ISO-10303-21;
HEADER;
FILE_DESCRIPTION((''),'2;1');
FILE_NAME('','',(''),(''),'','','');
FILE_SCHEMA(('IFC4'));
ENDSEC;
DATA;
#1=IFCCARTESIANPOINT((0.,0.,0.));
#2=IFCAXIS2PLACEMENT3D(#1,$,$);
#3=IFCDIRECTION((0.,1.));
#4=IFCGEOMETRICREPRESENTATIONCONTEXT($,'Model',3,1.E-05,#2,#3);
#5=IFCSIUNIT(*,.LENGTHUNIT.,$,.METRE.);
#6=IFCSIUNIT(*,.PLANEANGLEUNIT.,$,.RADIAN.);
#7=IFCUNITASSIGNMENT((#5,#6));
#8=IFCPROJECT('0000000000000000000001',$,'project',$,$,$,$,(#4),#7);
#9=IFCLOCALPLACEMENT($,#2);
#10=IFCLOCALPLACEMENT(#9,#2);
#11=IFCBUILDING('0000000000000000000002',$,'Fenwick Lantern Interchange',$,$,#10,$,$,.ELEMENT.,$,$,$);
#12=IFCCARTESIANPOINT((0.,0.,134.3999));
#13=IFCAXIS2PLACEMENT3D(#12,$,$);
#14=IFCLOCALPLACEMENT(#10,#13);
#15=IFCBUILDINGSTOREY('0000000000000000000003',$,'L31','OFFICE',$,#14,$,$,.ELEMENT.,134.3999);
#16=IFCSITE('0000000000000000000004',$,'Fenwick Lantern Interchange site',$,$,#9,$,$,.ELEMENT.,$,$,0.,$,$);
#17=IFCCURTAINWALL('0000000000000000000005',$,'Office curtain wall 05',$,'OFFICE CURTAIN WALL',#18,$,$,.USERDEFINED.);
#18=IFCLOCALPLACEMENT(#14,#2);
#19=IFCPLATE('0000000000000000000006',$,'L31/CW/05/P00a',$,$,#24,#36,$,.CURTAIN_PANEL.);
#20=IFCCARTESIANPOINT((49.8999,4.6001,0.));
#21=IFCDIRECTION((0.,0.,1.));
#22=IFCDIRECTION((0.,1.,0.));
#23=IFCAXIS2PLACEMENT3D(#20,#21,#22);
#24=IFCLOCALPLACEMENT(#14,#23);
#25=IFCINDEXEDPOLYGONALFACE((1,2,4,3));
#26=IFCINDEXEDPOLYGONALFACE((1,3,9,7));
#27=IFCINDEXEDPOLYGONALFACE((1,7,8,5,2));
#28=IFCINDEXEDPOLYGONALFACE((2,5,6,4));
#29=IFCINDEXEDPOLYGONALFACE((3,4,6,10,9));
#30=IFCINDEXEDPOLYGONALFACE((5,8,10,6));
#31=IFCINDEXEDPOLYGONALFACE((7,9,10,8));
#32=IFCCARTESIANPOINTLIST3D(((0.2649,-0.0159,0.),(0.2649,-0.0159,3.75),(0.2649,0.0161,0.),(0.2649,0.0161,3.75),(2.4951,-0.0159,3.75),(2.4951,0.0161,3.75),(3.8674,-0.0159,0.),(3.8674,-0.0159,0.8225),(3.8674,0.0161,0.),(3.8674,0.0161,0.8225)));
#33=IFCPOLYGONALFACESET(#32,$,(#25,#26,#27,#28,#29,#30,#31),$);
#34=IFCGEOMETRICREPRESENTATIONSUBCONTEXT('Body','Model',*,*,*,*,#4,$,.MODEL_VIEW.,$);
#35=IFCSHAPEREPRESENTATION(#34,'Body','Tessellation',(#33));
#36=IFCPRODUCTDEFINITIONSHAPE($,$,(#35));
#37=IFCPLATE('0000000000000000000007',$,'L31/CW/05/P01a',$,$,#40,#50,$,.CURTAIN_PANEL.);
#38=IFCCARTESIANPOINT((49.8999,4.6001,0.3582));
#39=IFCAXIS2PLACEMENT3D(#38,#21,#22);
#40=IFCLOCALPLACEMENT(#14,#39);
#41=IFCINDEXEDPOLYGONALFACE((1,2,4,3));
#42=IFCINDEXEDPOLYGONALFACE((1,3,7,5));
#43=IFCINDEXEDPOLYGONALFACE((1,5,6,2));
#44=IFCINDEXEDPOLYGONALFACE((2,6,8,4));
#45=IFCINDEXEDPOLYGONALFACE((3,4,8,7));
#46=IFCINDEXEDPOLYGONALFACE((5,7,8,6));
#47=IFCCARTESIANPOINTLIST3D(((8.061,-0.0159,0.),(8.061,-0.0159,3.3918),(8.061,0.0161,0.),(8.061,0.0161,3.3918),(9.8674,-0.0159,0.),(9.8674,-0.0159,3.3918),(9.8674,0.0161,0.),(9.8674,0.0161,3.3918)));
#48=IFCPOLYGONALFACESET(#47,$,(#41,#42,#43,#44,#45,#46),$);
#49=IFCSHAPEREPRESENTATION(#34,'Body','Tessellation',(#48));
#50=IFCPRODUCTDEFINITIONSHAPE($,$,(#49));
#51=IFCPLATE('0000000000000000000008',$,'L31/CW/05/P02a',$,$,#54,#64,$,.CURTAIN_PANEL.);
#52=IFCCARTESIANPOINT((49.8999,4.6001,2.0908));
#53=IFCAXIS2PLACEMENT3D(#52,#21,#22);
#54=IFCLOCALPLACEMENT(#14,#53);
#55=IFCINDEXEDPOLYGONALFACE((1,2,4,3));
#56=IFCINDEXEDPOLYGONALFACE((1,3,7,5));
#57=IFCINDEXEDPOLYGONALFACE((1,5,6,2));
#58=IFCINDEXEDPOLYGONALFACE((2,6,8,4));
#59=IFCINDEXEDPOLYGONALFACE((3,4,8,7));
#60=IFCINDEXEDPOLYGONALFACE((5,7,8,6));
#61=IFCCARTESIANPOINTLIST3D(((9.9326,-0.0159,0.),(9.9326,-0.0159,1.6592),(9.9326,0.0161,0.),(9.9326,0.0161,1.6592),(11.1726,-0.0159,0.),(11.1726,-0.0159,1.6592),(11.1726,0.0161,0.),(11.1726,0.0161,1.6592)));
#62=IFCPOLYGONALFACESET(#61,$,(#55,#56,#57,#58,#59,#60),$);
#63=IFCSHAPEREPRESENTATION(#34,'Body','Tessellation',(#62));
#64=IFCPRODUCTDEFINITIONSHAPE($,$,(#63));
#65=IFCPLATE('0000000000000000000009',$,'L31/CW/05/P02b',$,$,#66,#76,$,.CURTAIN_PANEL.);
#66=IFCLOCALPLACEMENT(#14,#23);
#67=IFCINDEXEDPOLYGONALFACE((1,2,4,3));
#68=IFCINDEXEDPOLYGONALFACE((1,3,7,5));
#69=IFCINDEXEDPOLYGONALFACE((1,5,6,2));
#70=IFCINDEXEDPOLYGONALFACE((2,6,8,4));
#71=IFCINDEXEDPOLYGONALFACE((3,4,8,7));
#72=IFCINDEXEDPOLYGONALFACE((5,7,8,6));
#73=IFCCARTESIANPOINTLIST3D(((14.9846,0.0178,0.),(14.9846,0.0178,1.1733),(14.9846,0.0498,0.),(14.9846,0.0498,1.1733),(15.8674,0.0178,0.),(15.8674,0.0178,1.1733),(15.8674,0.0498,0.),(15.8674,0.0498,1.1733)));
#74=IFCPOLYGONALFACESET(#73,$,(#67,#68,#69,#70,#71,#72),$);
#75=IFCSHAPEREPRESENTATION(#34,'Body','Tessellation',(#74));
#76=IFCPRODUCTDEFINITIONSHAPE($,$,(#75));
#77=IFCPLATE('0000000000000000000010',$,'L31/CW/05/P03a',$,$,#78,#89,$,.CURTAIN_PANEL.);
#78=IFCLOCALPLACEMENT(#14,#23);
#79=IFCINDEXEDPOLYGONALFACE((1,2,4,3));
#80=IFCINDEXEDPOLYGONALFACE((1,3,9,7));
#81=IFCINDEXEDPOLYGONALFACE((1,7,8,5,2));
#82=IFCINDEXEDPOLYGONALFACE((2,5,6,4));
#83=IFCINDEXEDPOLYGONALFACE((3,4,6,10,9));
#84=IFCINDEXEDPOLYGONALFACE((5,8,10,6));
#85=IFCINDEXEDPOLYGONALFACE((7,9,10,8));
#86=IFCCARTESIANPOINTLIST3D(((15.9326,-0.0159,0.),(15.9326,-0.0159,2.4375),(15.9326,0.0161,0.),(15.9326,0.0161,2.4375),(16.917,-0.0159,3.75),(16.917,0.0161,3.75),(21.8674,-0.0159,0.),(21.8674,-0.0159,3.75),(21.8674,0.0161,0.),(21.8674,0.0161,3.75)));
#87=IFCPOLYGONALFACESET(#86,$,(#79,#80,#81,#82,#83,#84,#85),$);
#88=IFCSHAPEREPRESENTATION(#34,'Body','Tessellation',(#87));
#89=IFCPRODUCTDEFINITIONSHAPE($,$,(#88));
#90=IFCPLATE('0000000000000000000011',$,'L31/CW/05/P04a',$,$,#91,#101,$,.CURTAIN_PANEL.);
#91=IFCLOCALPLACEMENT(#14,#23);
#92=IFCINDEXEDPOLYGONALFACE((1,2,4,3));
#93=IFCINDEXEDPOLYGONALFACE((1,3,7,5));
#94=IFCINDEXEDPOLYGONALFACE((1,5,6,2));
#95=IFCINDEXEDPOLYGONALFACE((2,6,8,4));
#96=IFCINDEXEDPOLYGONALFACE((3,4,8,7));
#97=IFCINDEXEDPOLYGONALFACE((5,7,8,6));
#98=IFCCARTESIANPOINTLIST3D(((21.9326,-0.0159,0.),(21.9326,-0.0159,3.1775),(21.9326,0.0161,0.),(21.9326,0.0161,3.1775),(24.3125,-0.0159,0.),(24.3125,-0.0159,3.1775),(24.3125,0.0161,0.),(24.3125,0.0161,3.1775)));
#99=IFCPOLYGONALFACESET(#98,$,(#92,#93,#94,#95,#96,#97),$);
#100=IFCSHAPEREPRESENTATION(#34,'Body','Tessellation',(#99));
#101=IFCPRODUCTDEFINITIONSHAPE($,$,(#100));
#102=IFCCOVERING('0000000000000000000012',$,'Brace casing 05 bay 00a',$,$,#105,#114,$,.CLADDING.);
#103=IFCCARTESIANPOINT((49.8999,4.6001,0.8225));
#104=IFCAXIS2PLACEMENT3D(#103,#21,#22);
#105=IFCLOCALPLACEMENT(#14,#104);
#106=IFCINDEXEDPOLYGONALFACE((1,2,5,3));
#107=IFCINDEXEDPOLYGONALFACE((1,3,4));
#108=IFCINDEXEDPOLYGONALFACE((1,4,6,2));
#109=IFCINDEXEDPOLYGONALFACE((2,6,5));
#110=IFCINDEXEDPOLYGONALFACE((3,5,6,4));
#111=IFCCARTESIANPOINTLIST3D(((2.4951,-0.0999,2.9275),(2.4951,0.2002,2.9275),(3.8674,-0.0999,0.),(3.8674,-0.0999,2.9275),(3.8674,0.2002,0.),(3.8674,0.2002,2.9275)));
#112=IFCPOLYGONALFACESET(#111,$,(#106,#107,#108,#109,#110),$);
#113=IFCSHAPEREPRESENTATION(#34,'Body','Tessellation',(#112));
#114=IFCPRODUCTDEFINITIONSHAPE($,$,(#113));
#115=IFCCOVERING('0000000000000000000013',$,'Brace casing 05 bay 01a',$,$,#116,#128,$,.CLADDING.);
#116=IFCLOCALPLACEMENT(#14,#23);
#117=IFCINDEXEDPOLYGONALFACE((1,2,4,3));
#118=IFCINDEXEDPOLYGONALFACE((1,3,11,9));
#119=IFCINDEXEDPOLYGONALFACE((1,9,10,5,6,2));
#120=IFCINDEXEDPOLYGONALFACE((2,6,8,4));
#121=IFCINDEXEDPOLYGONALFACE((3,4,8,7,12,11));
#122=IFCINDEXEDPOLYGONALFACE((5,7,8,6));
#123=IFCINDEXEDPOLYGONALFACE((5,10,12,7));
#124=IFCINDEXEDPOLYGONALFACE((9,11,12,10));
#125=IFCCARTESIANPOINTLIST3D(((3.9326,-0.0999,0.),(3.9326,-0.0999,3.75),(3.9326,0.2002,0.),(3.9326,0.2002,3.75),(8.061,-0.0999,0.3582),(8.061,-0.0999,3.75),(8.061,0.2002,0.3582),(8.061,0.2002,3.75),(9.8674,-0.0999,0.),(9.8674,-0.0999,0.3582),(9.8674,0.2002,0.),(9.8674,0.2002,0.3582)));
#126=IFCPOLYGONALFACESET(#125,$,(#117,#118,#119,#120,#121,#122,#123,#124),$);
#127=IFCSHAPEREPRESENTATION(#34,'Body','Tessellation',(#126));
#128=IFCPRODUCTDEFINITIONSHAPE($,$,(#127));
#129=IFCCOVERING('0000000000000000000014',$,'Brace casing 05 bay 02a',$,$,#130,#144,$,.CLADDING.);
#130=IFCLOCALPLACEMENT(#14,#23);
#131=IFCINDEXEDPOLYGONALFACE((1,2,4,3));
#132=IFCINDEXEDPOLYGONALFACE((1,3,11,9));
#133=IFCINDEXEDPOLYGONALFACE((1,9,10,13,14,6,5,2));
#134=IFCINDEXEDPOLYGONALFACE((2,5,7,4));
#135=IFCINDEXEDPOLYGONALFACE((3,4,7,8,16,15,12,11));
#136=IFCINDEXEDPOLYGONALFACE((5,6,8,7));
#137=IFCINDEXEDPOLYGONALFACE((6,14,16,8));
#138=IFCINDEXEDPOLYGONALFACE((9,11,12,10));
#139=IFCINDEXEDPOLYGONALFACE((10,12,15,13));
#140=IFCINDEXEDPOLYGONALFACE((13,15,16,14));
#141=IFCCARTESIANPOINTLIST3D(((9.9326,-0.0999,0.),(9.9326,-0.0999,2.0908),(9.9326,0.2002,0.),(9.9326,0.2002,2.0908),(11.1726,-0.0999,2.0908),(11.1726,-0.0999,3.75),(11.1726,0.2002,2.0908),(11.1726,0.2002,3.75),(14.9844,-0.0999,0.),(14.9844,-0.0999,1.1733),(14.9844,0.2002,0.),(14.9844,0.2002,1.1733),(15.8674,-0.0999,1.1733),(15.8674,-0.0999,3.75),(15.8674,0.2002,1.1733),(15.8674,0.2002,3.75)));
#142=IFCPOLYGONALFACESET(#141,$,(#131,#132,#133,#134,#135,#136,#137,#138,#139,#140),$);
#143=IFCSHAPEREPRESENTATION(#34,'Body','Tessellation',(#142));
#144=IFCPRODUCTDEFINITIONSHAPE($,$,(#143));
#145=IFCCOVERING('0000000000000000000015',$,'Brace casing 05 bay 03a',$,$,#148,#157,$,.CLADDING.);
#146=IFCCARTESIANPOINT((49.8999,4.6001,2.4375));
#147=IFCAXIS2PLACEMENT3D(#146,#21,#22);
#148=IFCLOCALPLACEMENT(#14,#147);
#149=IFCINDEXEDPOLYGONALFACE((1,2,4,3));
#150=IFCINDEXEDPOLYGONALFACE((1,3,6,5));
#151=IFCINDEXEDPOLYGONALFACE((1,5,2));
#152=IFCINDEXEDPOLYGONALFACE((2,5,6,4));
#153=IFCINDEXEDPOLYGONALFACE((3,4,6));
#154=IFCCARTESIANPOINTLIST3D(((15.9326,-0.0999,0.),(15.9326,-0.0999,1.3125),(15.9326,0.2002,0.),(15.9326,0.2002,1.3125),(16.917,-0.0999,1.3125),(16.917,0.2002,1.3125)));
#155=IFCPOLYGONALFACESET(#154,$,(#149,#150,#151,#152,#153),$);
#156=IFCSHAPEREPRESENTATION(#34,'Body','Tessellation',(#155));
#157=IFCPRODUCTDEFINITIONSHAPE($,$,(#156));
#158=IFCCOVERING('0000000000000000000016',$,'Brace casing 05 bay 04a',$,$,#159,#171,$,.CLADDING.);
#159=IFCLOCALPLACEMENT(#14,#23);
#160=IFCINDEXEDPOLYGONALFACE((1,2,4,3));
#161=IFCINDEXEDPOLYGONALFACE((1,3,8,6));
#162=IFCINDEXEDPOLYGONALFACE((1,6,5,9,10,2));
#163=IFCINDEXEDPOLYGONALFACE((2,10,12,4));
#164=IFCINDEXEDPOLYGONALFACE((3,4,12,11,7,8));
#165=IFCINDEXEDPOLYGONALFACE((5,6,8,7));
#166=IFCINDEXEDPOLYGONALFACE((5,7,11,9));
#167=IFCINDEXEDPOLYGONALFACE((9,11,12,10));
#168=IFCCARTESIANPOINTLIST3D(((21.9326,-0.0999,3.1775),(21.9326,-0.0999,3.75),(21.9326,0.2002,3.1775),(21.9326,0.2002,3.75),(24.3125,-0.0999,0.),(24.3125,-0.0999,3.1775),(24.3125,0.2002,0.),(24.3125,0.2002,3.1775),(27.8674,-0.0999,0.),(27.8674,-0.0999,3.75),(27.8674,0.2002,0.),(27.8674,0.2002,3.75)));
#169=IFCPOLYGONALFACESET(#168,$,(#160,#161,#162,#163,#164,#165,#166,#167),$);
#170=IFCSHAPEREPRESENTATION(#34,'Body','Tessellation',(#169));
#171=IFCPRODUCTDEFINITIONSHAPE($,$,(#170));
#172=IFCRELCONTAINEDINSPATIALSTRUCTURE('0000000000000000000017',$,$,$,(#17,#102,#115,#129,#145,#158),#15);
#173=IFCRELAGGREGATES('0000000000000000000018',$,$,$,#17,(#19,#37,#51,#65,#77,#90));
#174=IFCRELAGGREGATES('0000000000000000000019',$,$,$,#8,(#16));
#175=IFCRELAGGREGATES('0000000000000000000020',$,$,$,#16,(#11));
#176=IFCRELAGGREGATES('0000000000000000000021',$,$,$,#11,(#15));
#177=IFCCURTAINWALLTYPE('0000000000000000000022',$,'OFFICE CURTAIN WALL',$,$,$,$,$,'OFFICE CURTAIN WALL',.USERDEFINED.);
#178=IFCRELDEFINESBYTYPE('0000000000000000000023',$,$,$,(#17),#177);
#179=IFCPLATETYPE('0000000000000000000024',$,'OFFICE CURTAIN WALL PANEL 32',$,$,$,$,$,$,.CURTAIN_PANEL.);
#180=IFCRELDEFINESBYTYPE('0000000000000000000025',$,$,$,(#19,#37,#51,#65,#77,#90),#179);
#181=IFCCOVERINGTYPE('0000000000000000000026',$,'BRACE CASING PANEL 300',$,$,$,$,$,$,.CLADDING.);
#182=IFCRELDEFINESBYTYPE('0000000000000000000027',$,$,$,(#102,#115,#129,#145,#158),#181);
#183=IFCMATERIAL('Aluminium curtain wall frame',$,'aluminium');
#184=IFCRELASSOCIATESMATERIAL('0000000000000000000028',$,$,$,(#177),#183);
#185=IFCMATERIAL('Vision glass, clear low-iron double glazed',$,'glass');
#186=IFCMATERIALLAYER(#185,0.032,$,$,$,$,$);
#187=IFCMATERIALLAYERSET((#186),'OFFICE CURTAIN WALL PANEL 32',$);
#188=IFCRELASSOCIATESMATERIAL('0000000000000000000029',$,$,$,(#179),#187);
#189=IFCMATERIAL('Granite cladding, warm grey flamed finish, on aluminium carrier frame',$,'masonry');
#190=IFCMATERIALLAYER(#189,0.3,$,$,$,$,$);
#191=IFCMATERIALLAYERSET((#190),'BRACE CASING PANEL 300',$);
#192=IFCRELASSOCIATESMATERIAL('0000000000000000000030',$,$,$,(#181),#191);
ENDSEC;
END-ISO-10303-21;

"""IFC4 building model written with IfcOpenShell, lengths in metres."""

from ifc_helpers import new_model, si_unit, direction, frame, origin, place, context, subcontext, project, spatial, polyline, outline, extrude, material, layer, layer_set, type_object, element, aggregate, save


model = new_model("IFC4")

# Units and contexts
model_context = context("Model", 3, precision=1e-05, world=origin(), true_north=direction((0.0, 1.0)))
body_context = subcontext(model_context, "Body", "Model", "MODEL_VIEW")
ifc_project = project(units=[si_unit("LENGTHUNIT", "METRE"), si_unit("PLANEANGLEUNIT", "RADIAN")], contexts=[model_context])

# Site, building, storey
site_placement = place(None, origin())
site = spatial("IfcSite", under=ifc_project, at=site_placement, Name="Fenwick Lantern Interchange site", CompositionType="ELEMENT", RefElevation=0.0)
building_placement = place(site_placement, origin())
building = spatial("IfcBuilding", under=site, at=building_placement, Name="Fenwick Lantern Interchange", CompositionType="ELEMENT")
storey_placement = place(building_placement, frame((0.0, 0.0, 134.3999)))
storey = spatial("IfcBuildingStorey", under=building, at=storey_placement, Name="L31", Description="OFFICE", CompositionType="ELEMENT", Elevation=134.3999)

# Shared definitions
ifc_material_1 = material(Name="Aluminium curtain wall frame", Category="aluminium")
curtain_wall_type = type_object("IfcCurtainWallType", Name="OFFICE CURTAIN WALL", ElementType="OFFICE CURTAIN WALL", PredefinedType="USERDEFINED", material=ifc_material_1)

# Shared definitions
ifc_material_2 = material(Name="Vision glass, clear low-iron double glazed", Category="glass")
ifc_layer_1 = layer(ifc_material_2, 0.032)
ifc_layer_set_1 = layer_set([ifc_layer_1], Name="OFFICE CURTAIN WALL PANEL 32")
plate_type = type_object("IfcPlateType", Name="OFFICE CURTAIN WALL PANEL 32", PredefinedType="CURTAIN_PANEL", material=ifc_layer_set_1)

# Curtain wall, plates
curtain_wall_1_placement = place(storey_placement, origin())
curtain_wall_1 = element("IfcCurtainWall", 1, at=curtain_wall_1_placement, inside=storey, type_object=curtain_wall_type, Name="Office curtain wall 05", ObjectType="OFFICE CURTAIN WALL", PredefinedType="USERDEFINED")
plate_1_placement = place(storey_placement, frame((49.8999, 4.6001, 0.0), z_axis=(0.0, 0.0, 1.0), x_axis=(0.0, 1.0, 0.0)))
plate_1 = element("IfcPlate", 2, at=plate_1_placement, type_object=plate_type, Name="L31/CW/05/P00a", PredefinedType="CURTAIN_PANEL", context=body_context, shape_type="SweptSolid", body=[
    extrude(outline(polyline([(0.2649, 0.0), (3.8674, 0.0), (3.8674, 0.8225), (2.4951, 3.75), (0.2649, 3.75), (0.2649, 0.0)])), frame((0.0, 0.0161, 0.0), z_axis=(0.0, -1.0, 0.0), x_axis=(1.0, 0.0, 0.0)), (0.0, 0.0, 1.0), 0.032),
])
plate_2_placement = place(storey_placement, frame((49.8999, 4.6001, 0.3582), z_axis=(0.0, 0.0, 1.0), x_axis=(0.0, 1.0, 0.0)))
plate_2 = element("IfcPlate", 3, at=plate_2_placement, type_object=plate_type, Name="L31/CW/05/P01a", PredefinedType="CURTAIN_PANEL", context=body_context, shape_type="SweptSolid", body=[
    extrude(outline(polyline([(8.061, 0.0), (9.8674, 0.0), (9.8674, 3.3918), (8.061, 3.3918), (8.061, 0.0)])), frame((0.0, 0.0161, 0.0), z_axis=(0.0, -1.0, 0.0), x_axis=(1.0, 0.0, 0.0)), (0.0, 0.0, 1.0), 0.032),
])
plate_3_placement = place(storey_placement, frame((49.8999, 4.6001, 2.0908), z_axis=(0.0, 0.0, 1.0), x_axis=(0.0, 1.0, 0.0)))
plate_3 = element("IfcPlate", 4, at=plate_3_placement, type_object=plate_type, Name="L31/CW/05/P02a", PredefinedType="CURTAIN_PANEL", context=body_context, shape_type="SweptSolid", body=[
    extrude(outline(polyline([(9.9326, 0.0), (11.1726, 0.0), (11.1726, 1.6592), (9.9326, 1.6592), (9.9326, 0.0)])), frame((0.0, 0.0161, 0.0), z_axis=(0.0, -1.0, 0.0), x_axis=(1.0, 0.0, 0.0)), (0.0, 0.0, 1.0), 0.032),
])
plate_4_placement = place(storey_placement, frame((49.8999, 4.6001, 0.0), z_axis=(0.0, 0.0, 1.0), x_axis=(0.0, 1.0, 0.0)))
plate_4 = element("IfcPlate", 5, at=plate_4_placement, type_object=plate_type, Name="L31/CW/05/P02b", PredefinedType="CURTAIN_PANEL", context=body_context, shape_type="SweptSolid", body=[
    extrude(outline(polyline([(14.9846, 0.0), (15.8674, 0.0), (15.8674, 1.1733), (14.9846, 1.1733), (14.9846, 0.0)])), frame((0.0, 0.0498, 0.0), z_axis=(0.0, -1.0, 0.0), x_axis=(1.0, 0.0, 0.0)), (0.0, 0.0, 1.0), 0.032),
])
plate_5_placement = place(storey_placement, frame((49.8999, 4.6001, 0.0), z_axis=(0.0, 0.0, 1.0), x_axis=(0.0, 1.0, 0.0)))
plate_5 = element("IfcPlate", 6, at=plate_5_placement, type_object=plate_type, Name="L31/CW/05/P03a", PredefinedType="CURTAIN_PANEL", context=body_context, shape_type="SweptSolid", body=[
    extrude(outline(polyline([(15.9326, 0.0), (21.8674, 0.0), (21.8674, 3.75), (16.917, 3.75), (15.9326, 2.4375), (15.9326, 0.0)])), frame((0.0, 0.0161, 0.0), z_axis=(0.0, -1.0, 0.0), x_axis=(1.0, 0.0, 0.0)), (0.0, 0.0, 1.0), 0.032),
])
plate_6_placement = place(storey_placement, frame((49.8999, 4.6001, 0.0), z_axis=(0.0, 0.0, 1.0), x_axis=(0.0, 1.0, 0.0)))
plate_6 = element("IfcPlate", 7, at=plate_6_placement, type_object=plate_type, Name="L31/CW/05/P04a", PredefinedType="CURTAIN_PANEL", context=body_context, shape_type="SweptSolid", body=[
    extrude(outline(polyline([(21.9326, 0.0), (24.3125, 0.0), (24.3125, 3.1775), (21.9326, 3.1775), (21.9326, 0.0)])), frame((0.0, 0.0161, 0.0), z_axis=(0.0, -1.0, 0.0), x_axis=(1.0, 0.0, 0.0)), (0.0, 0.0, 1.0), 0.032),
])
aggregate(curtain_wall_1, [plate_1, plate_2, plate_3, plate_4, plate_5, plate_6])

# Coverings
ifc_material_3 = material(Name="Granite cladding, warm grey flamed finish, on aluminium carrier frame", Category="masonry")
ifc_layer_2 = layer(ifc_material_3, 0.3)
ifc_layer_set_2 = layer_set([ifc_layer_2], Name="BRACE CASING PANEL 300")
covering_type = type_object("IfcCoveringType", Name="BRACE CASING PANEL 300", PredefinedType="CLADDING", material=ifc_layer_set_2)
covering_1_placement = place(storey_placement, frame((49.8999, 4.6001, 0.8225), z_axis=(0.0, 0.0, 1.0), x_axis=(0.0, 1.0, 0.0)))
element("IfcCovering", 8, at=covering_1_placement, inside=storey, type_object=covering_type, Name="Brace casing 05 bay 00a", PredefinedType="CLADDING", context=body_context, shape_type="SweptSolid", body=[
    extrude(outline(polyline([(3.8674, 0.0), (3.8674, 2.9275), (2.4951, 2.9275), (3.8674, 0.0)])), frame((0.0, 0.2002, 0.0), z_axis=(0.0, -1.0, 0.0), x_axis=(1.0, 0.0, 0.0)), (0.0, 0.0, 1.0), 0.3),
])
covering_2_placement = place(storey_placement, frame((49.8999, 4.6001, 0.0), z_axis=(0.0, 0.0, 1.0), x_axis=(0.0, 1.0, 0.0)))
element("IfcCovering", 9, at=covering_2_placement, inside=storey, type_object=covering_type, Name="Brace casing 05 bay 01a", PredefinedType="CLADDING", context=body_context, shape_type="SweptSolid", body=[
    extrude(outline(polyline([(3.9326, 0.0), (9.8674, 0.0), (9.8674, 0.3582), (8.061, 0.3582), (8.061, 3.75), (3.9326, 3.75), (3.9326, 0.0)])), frame((0.0, 0.2002, 0.0), z_axis=(0.0, -1.0, 0.0), x_axis=(1.0, 0.0, 0.0)), (0.0, 0.0, 1.0), 0.3),
])
covering_3_placement = place(storey_placement, frame((49.8999, 4.6001, 0.0), z_axis=(0.0, 0.0, 1.0), x_axis=(0.0, 1.0, 0.0)))
element("IfcCovering", 10, at=covering_3_placement, inside=storey, type_object=covering_type, Name="Brace casing 05 bay 02a", PredefinedType="CLADDING", context=body_context, shape_type="SweptSolid", body=[
    extrude(outline(polyline([(9.9326, 0.0), (14.9844, 0.0), (14.9844, 1.1733), (15.8674, 1.1733), (15.8674, 3.75), (11.1726, 3.75), (11.1726, 2.0908), (9.9326, 2.0908), (9.9326, 0.0)])), frame((0.0, 0.2002, 0.0), z_axis=(0.0, -1.0, 0.0), x_axis=(1.0, 0.0, 0.0)), (0.0, 0.0, 1.0), 0.3),
])
covering_4_placement = place(storey_placement, frame((49.8999, 4.6001, 2.4375), z_axis=(0.0, 0.0, 1.0), x_axis=(0.0, 1.0, 0.0)))
element("IfcCovering", 11, at=covering_4_placement, inside=storey, type_object=covering_type, Name="Brace casing 05 bay 03a", PredefinedType="CLADDING", context=body_context, shape_type="SweptSolid", body=[
    extrude(outline(polyline([(15.9326, 0.0), (16.917, 1.3125), (15.9326, 1.3125), (15.9326, 0.0)])), frame((0.0, 0.2002, 0.0), z_axis=(0.0, -1.0, 0.0), x_axis=(1.0, 0.0, 0.0)), (0.0, 0.0, 1.0), 0.3),
])
covering_5_placement = place(storey_placement, frame((49.8999, 4.6001, 0.0), z_axis=(0.0, 0.0, 1.0), x_axis=(0.0, 1.0, 0.0)))
element("IfcCovering", 12, at=covering_5_placement, inside=storey, type_object=covering_type, Name="Brace casing 05 bay 04a", PredefinedType="CLADDING", context=body_context, shape_type="SweptSolid", body=[
    extrude(outline(polyline([(24.3125, 0.0), (27.8674, 0.0), (27.8674, 3.75), (21.9326, 3.75), (21.9326, 3.1775), (24.3125, 3.1775), (24.3125, 0.0)])), frame((0.0, 0.2002, 0.0), z_axis=(0.0, -1.0, 0.0), x_axis=(1.0, 0.0, 0.0)), (0.0, 0.0, 1.0), 0.3),
])

save(model, "model.ifc")
